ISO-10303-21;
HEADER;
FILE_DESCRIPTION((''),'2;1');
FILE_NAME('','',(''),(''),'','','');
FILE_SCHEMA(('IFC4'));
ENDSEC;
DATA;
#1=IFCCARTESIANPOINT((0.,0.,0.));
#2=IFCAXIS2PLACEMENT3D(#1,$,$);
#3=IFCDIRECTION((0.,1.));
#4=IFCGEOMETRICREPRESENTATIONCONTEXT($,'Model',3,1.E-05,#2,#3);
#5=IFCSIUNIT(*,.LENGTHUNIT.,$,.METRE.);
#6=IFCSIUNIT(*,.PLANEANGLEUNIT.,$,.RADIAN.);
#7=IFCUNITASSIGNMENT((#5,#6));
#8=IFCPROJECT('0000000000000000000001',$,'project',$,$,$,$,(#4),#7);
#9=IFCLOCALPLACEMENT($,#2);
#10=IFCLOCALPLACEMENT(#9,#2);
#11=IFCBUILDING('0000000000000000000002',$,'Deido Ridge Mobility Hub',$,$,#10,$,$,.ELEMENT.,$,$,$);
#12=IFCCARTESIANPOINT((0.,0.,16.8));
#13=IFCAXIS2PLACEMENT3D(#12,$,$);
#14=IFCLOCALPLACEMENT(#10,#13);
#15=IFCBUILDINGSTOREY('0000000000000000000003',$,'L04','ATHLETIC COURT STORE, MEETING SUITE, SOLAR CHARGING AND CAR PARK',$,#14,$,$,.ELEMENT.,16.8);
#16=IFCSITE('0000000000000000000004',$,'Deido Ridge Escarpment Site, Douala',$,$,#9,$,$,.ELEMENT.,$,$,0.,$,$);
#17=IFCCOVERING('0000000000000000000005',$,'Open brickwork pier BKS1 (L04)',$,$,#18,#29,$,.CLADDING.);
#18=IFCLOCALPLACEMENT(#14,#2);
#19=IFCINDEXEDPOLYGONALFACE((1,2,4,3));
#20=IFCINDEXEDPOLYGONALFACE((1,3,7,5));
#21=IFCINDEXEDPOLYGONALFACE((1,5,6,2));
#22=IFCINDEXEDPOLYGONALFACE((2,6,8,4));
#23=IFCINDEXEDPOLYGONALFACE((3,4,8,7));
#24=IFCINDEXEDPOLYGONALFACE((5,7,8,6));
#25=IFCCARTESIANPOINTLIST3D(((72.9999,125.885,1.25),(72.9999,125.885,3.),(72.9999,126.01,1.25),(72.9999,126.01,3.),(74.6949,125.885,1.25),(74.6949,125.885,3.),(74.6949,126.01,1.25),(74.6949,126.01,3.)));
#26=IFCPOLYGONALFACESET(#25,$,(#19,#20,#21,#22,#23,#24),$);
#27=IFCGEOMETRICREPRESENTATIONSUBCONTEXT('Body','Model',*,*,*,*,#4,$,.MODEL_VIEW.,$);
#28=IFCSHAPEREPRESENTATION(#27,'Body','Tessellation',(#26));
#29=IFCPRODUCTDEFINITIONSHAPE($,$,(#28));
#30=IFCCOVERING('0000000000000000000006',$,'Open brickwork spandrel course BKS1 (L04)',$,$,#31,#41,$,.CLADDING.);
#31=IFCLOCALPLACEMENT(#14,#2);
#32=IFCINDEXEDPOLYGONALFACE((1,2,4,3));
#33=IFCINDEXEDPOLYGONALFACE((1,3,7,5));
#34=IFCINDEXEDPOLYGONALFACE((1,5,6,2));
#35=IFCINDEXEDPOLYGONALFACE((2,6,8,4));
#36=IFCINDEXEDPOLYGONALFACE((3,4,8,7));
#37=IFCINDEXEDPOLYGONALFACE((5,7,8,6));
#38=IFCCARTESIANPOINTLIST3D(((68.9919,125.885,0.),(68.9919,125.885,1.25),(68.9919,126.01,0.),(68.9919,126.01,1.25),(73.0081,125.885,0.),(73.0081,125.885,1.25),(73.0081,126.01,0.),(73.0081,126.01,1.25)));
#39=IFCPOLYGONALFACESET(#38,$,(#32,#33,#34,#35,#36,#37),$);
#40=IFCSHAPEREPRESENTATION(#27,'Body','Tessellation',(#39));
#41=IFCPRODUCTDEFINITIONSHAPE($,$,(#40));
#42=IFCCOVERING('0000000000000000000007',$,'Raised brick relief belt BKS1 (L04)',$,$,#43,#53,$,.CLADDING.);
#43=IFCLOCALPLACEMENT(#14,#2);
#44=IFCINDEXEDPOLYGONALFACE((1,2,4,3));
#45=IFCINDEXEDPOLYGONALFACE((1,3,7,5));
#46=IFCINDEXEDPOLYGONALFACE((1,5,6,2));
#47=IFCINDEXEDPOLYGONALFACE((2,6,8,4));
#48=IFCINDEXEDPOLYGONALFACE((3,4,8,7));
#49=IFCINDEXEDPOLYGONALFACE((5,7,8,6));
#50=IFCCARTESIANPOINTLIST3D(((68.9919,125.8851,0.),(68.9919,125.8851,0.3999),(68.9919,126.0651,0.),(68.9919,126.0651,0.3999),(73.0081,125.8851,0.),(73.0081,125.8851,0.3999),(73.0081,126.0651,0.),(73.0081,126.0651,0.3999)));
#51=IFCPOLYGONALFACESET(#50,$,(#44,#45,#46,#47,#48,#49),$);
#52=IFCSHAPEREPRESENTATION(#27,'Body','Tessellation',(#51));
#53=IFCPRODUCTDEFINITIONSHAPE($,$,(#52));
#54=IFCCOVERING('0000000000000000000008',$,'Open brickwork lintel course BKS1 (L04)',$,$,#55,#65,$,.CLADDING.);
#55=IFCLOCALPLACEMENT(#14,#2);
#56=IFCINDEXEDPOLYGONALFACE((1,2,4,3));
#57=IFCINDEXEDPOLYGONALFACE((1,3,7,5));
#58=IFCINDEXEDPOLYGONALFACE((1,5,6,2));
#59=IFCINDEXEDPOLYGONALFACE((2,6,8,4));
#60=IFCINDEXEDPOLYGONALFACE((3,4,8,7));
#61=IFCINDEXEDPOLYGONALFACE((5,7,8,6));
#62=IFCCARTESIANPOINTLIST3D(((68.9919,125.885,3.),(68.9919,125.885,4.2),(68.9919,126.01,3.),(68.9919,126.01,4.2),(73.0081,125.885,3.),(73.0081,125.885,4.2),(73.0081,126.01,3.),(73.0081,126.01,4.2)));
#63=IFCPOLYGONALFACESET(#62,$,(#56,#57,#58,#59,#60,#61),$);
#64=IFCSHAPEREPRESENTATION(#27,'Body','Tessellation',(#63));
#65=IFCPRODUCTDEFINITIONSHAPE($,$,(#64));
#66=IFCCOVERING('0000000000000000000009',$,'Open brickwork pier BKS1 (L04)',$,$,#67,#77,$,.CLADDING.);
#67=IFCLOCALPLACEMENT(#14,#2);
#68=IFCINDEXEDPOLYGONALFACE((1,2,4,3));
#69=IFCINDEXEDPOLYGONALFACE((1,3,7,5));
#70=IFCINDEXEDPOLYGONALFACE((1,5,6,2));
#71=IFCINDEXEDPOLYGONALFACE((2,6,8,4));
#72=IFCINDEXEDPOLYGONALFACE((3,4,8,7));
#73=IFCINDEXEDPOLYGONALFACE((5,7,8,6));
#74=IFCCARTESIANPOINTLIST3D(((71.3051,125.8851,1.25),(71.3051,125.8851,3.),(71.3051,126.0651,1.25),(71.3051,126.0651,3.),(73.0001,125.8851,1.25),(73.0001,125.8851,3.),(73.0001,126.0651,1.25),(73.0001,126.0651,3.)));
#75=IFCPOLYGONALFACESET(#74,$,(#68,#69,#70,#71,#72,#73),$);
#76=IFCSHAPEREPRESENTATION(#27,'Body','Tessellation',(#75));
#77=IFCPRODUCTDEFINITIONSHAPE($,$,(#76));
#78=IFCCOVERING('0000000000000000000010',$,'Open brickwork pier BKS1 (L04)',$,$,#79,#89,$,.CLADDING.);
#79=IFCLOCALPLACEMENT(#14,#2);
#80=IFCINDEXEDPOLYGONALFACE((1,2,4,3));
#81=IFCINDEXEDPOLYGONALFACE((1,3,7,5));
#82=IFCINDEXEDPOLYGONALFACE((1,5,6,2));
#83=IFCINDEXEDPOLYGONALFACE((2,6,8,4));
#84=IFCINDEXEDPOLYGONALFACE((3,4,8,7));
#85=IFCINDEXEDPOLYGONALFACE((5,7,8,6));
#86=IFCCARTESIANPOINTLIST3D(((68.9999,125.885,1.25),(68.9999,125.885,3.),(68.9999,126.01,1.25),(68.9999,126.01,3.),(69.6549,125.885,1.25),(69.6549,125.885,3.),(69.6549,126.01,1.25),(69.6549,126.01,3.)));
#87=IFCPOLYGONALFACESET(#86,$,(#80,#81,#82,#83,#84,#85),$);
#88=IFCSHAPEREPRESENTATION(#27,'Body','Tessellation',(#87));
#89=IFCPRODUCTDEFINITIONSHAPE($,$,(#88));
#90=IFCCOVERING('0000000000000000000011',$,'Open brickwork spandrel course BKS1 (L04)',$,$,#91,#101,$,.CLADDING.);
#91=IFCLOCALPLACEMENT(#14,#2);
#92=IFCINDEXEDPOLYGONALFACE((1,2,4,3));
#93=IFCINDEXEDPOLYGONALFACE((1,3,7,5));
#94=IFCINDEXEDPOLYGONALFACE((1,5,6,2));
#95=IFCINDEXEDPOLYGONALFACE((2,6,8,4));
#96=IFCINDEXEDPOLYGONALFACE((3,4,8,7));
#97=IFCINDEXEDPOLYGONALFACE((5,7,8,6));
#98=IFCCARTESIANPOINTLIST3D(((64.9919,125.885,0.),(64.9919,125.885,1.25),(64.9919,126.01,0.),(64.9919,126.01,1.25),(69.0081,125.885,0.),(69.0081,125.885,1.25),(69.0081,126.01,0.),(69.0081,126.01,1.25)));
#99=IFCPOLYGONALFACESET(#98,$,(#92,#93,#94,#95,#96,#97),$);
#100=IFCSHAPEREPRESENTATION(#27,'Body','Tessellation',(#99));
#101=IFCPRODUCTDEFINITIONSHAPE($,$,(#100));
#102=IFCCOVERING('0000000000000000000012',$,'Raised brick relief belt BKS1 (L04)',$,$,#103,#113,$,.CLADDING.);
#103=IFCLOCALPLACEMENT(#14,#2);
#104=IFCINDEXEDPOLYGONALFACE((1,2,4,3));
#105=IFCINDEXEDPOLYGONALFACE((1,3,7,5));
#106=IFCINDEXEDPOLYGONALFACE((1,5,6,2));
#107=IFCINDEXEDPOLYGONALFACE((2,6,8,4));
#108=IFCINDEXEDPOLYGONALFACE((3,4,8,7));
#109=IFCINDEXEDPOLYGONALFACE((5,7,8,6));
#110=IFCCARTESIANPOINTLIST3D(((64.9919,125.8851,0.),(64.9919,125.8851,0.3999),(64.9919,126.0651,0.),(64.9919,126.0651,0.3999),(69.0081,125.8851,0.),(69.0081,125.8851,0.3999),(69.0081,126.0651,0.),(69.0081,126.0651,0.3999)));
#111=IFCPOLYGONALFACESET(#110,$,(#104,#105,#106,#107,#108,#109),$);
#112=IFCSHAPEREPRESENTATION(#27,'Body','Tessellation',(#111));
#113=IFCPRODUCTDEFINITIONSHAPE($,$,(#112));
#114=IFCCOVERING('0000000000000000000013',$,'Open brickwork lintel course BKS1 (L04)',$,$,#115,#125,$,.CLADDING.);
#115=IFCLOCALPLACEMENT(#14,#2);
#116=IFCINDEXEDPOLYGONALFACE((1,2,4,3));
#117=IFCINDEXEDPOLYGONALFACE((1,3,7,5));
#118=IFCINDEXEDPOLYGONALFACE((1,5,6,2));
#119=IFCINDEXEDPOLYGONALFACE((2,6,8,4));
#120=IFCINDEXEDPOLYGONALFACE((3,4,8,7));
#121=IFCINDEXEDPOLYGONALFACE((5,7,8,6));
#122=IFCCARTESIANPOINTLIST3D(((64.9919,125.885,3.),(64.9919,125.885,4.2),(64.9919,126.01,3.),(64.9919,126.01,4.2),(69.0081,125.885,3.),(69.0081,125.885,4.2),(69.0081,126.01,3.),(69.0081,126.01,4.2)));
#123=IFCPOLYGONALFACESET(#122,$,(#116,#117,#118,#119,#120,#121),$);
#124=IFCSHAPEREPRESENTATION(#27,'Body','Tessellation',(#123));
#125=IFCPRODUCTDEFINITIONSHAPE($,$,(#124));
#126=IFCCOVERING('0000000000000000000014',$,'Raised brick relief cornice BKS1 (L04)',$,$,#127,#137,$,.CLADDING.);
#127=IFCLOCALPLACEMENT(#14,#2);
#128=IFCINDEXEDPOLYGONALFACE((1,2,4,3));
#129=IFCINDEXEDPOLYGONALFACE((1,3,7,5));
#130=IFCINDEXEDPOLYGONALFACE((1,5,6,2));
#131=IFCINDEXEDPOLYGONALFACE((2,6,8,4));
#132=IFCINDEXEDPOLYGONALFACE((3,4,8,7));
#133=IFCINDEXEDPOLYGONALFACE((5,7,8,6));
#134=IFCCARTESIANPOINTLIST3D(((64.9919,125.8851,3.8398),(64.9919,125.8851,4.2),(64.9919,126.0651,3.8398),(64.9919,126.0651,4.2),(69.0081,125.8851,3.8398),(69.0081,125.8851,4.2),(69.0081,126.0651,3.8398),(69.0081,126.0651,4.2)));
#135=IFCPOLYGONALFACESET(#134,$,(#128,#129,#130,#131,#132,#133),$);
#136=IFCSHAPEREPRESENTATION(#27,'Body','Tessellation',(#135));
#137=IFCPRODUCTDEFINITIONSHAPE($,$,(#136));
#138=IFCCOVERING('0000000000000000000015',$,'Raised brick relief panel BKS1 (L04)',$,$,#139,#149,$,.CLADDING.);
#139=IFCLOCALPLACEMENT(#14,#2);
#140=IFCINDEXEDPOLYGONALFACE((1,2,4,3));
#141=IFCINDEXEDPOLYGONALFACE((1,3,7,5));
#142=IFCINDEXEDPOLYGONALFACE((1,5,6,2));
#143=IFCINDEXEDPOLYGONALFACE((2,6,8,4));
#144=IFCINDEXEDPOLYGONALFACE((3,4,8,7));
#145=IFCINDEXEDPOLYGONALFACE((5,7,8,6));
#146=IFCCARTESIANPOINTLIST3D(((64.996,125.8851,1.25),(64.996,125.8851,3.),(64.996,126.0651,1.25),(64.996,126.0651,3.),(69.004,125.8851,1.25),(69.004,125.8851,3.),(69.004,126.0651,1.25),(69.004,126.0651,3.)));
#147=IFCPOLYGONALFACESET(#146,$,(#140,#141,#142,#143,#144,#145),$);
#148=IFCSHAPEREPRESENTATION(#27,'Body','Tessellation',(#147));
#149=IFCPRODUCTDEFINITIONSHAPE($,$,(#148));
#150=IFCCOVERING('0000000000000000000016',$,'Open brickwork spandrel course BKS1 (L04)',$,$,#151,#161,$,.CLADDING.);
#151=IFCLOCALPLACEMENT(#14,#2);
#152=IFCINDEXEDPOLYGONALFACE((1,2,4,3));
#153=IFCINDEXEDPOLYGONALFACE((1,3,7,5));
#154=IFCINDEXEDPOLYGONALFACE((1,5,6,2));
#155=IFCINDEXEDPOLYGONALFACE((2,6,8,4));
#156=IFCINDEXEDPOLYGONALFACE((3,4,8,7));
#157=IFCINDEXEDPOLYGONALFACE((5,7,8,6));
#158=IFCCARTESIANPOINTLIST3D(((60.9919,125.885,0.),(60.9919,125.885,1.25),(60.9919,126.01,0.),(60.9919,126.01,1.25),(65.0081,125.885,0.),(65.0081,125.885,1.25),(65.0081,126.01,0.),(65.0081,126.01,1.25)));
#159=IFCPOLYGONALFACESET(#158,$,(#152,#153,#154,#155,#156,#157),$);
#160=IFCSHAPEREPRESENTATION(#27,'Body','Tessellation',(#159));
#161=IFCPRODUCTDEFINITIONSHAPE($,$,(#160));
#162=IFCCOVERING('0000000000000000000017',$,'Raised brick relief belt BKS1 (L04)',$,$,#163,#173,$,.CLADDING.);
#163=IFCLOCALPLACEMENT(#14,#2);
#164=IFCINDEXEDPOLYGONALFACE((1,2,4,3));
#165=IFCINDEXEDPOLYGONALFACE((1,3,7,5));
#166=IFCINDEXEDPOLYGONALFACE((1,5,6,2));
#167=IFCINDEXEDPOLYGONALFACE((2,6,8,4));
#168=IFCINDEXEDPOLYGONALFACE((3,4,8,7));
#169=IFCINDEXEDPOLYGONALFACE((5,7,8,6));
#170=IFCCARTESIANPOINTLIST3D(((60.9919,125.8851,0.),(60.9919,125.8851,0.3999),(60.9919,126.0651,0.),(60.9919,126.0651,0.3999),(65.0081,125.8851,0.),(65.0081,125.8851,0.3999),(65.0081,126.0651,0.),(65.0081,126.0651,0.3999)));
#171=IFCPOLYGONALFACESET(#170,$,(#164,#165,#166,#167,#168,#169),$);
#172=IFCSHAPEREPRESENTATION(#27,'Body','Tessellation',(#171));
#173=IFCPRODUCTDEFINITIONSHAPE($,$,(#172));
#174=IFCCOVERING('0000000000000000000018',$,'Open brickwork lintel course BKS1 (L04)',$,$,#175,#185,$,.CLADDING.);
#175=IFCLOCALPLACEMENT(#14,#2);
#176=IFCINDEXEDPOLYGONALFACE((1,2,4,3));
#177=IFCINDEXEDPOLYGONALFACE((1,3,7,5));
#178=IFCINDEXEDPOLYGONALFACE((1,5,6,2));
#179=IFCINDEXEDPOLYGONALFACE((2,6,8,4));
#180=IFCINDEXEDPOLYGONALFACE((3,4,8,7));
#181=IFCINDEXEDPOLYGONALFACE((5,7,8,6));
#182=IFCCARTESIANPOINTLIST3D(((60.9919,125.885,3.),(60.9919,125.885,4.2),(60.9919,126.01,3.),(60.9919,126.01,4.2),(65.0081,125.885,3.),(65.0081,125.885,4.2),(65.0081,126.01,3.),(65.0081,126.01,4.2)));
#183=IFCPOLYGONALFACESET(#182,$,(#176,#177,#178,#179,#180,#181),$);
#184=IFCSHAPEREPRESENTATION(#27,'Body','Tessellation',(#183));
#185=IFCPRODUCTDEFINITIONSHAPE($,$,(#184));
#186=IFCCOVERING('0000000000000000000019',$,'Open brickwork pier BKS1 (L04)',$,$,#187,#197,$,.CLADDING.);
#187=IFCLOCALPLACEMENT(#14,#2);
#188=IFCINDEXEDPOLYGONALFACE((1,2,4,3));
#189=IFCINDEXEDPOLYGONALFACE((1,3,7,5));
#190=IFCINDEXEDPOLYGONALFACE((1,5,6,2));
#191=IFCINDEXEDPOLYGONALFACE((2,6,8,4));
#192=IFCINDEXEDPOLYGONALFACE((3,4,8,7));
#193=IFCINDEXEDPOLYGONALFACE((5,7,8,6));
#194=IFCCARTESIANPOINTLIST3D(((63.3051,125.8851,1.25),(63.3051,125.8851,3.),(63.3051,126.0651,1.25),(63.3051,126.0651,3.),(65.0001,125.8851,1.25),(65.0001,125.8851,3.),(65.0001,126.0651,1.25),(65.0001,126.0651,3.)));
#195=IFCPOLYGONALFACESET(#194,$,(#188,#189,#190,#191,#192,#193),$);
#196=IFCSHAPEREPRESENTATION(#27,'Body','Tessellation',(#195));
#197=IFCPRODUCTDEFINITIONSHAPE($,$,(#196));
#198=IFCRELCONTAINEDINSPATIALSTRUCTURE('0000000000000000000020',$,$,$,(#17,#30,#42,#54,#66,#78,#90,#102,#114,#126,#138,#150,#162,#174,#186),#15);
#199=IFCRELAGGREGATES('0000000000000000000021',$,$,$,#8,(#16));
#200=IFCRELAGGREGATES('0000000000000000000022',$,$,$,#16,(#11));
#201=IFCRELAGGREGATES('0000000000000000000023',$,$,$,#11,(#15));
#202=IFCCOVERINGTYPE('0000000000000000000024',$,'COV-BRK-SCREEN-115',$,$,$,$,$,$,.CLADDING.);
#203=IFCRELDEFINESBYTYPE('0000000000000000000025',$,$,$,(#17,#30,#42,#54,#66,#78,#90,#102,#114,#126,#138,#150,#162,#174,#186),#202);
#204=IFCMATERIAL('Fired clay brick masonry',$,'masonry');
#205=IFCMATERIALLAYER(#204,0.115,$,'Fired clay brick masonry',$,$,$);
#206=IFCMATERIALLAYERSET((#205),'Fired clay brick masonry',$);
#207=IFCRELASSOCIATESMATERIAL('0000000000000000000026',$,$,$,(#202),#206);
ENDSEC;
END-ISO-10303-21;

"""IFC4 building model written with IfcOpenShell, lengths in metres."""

from ifc_helpers import new_model, si_unit, direction, frame, origin, origin_2d, place, context, subcontext, project, spatial, rectangle, extrude, material, layer, layer_set, type_object, element, save


model = new_model("IFC4")

# Units and contexts
model_context = context("Model", 3, precision=1e-05, world=origin(), true_north=direction((0.0, 1.0)))
body_context = subcontext(model_context, "Body", "Model", "MODEL_VIEW")
ifc_project = project(units=[si_unit("LENGTHUNIT", "METRE"), si_unit("PLANEANGLEUNIT", "RADIAN")], contexts=[model_context])

# Site, building, storey
site_placement = place(None, origin())
site = spatial("IfcSite", under=ifc_project, at=site_placement, Name="Deido Ridge Escarpment Site, Douala", CompositionType="ELEMENT", RefElevation=0.0)
building_placement = place(site_placement, origin())
building = spatial("IfcBuilding", under=site, at=building_placement, Name="Deido Ridge Mobility Hub", CompositionType="ELEMENT")
storey_placement = place(building_placement, frame((0.0, 0.0, 16.8)))
storey = spatial("IfcBuildingStorey", under=building, at=storey_placement, Name="L04", Description="ATHLETIC COURT STORE, MEETING SUITE, SOLAR CHARGING AND CAR PARK", CompositionType="ELEMENT", Elevation=16.8)

# Coverings
ifc_material_1 = material(Name="Fired clay brick masonry", Category="masonry")
ifc_layer = layer(ifc_material_1, 0.115, Name="Fired clay brick masonry")
ifc_layer_set = layer_set([ifc_layer], Name="Fired clay brick masonry")
covering_type = type_object("IfcCoveringType", Name="COV-BRK-SCREEN-115", PredefinedType="CLADDING", material=ifc_layer_set)
covering_1_placement = place(storey_placement, frame((73.8474, 125.9475, 1.25), z_axis=(0.0, 0.0, 1.0), x_axis=(-1.0, 0.0, 0.0)))
element("IfcCovering", 1, at=covering_1_placement, inside=storey, type_object=covering_type, Name="Open brickwork pier BKS1 (L04)", PredefinedType="CLADDING", context=body_context, shape_type="SweptSolid", body=[
    extrude(rectangle(XDim=1.6951, YDim=0.125, at=origin_2d()), origin(), (0.0, 0.0, 1.0), 1.75),
])
covering_2_placement = place(storey_placement, frame((71.0, 125.9475, 0.0), z_axis=(0.0, 0.0, 1.0), x_axis=(-1.0, 0.0, 0.0)))
element("IfcCovering", 2, at=covering_2_placement, inside=storey, type_object=covering_type, Name="Open brickwork spandrel course BKS1 (L04)", PredefinedType="CLADDING", context=body_context, shape_type="SweptSolid", body=[
    extrude(rectangle(XDim=4.0161, YDim=0.125, at=origin_2d()), origin(), (0.0, 0.0, 1.0), 1.25),
])
covering_3_placement = place(storey_placement, frame((71.0, 125.9751, 0.0), z_axis=(0.0, 0.0, 1.0), x_axis=(-1.0, 0.0, 0.0)))
element("IfcCovering", 3, at=covering_3_placement, inside=storey, type_object=covering_type, Name="Raised brick relief belt BKS1 (L04)", PredefinedType="CLADDING", context=body_context, shape_type="SweptSolid", body=[
    extrude(rectangle(XDim=4.0161, YDim=0.1799, at=origin_2d()), origin(), (0.0, 0.0, 1.0), 0.3999),
])
covering_4_placement = place(storey_placement, frame((71.0, 125.9475, 3.0), z_axis=(0.0, 0.0, 1.0), x_axis=(-1.0, 0.0, 0.0)))
element("IfcCovering", 4, at=covering_4_placement, inside=storey, type_object=covering_type, Name="Open brickwork lintel course BKS1 (L04)", PredefinedType="CLADDING", context=body_context, shape_type="SweptSolid", body=[
    extrude(rectangle(XDim=4.0161, YDim=0.125, at=origin_2d()), origin(), (0.0, 0.0, 1.0), 1.2),
])
covering_5_placement = place(storey_placement, frame((72.1526, 125.9751, 1.25), z_axis=(0.0, 0.0, 1.0), x_axis=(-1.0, 0.0, 0.0)))
element("IfcCovering", 5, at=covering_5_placement, inside=storey, type_object=covering_type, Name="Open brickwork pier BKS1 (L04)", PredefinedType="CLADDING", context=body_context, shape_type="SweptSolid", body=[
    extrude(rectangle(XDim=1.6951, YDim=0.1799, at=origin_2d()), origin(), (0.0, 0.0, 1.0), 1.75),
])
covering_6_placement = place(storey_placement, frame((69.3274, 125.9475, 1.25), z_axis=(0.0, 0.0, 1.0), x_axis=(-1.0, 0.0, 0.0)))
element("IfcCovering", 6, at=covering_6_placement, inside=storey, type_object=covering_type, Name="Open brickwork pier BKS1 (L04)", PredefinedType="CLADDING", context=body_context, shape_type="SweptSolid", body=[
    extrude(rectangle(XDim=0.655, YDim=0.125, at=origin_2d()), origin(), (0.0, 0.0, 1.0), 1.75),
])
covering_7_placement = place(storey_placement, frame((67.0, 125.9475, 0.0), z_axis=(0.0, 0.0, 1.0), x_axis=(-1.0, 0.0, 0.0)))
element("IfcCovering", 7, at=covering_7_placement, inside=storey, type_object=covering_type, Name="Open brickwork spandrel course BKS1 (L04)", PredefinedType="CLADDING", context=body_context, shape_type="SweptSolid", body=[
    extrude(rectangle(XDim=4.0161, YDim=0.125, at=origin_2d()), origin(), (0.0, 0.0, 1.0), 1.25),
])
covering_8_placement = place(storey_placement, frame((67.0, 125.9751, 0.0), z_axis=(0.0, 0.0, 1.0), x_axis=(-1.0, 0.0, 0.0)))
element("IfcCovering", 8, at=covering_8_placement, inside=storey, type_object=covering_type, Name="Raised brick relief belt BKS1 (L04)", PredefinedType="CLADDING", context=body_context, shape_type="SweptSolid", body=[
    extrude(rectangle(XDim=4.0161, YDim=0.1799, at=origin_2d()), origin(), (0.0, 0.0, 1.0), 0.3999),
])
covering_9_placement = place(storey_placement, frame((67.0, 125.9475, 3.0), z_axis=(0.0, 0.0, 1.0), x_axis=(-1.0, 0.0, 0.0)))
element("IfcCovering", 9, at=covering_9_placement, inside=storey, type_object=covering_type, Name="Open brickwork lintel course BKS1 (L04)", PredefinedType="CLADDING", context=body_context, shape_type="SweptSolid", body=[
    extrude(rectangle(XDim=4.0161, YDim=0.125, at=origin_2d()), origin(), (0.0, 0.0, 1.0), 1.2),
])
covering_10_placement = place(storey_placement, frame((67.0, 125.9751, 3.8398), z_axis=(0.0, 0.0, 1.0), x_axis=(-1.0, 0.0, 0.0)))
element("IfcCovering", 10, at=covering_10_placement, inside=storey, type_object=covering_type, Name="Raised brick relief cornice BKS1 (L04)", PredefinedType="CLADDING", context=body_context, shape_type="SweptSolid", body=[
    extrude(rectangle(XDim=4.0161, YDim=0.1799, at=origin_2d()), origin(), (0.0, 0.0, 1.0), 0.3601),
])
covering_11_placement = place(storey_placement, frame((67.0, 125.9751, 1.25), z_axis=(0.0, 0.0, 1.0), x_axis=(-1.0, 0.0, 0.0)))
element("IfcCovering", 11, at=covering_11_placement, inside=storey, type_object=covering_type, Name="Raised brick relief panel BKS1 (L04)", PredefinedType="CLADDING", context=body_context, shape_type="SweptSolid", body=[
    extrude(rectangle(XDim=4.0081, YDim=0.1799, at=origin_2d()), origin(), (0.0, 0.0, 1.0), 1.75),
])
covering_12_placement = place(storey_placement, frame((63.0, 125.9475, 0.0), z_axis=(0.0, 0.0, 1.0), x_axis=(-1.0, 0.0, 0.0)))
element("IfcCovering", 12, at=covering_12_placement, inside=storey, type_object=covering_type, Name="Open brickwork spandrel course BKS1 (L04)", PredefinedType="CLADDING", context=body_context, shape_type="SweptSolid", body=[
    extrude(rectangle(XDim=4.0161, YDim=0.125, at=origin_2d()), origin(), (0.0, 0.0, 1.0), 1.25),
])
covering_13_placement = place(storey_placement, frame((63.0, 125.9751, 0.0), z_axis=(0.0, 0.0, 1.0), x_axis=(-1.0, 0.0, 0.0)))
element("IfcCovering", 13, at=covering_13_placement, inside=storey, type_object=covering_type, Name="Raised brick relief belt BKS1 (L04)", PredefinedType="CLADDING", context=body_context, shape_type="SweptSolid", body=[
    extrude(rectangle(XDim=4.0161, YDim=0.1799, at=origin_2d()), origin(), (0.0, 0.0, 1.0), 0.3999),
])
covering_14_placement = place(storey_placement, frame((63.0, 125.9475, 3.0), z_axis=(0.0, 0.0, 1.0), x_axis=(-1.0, 0.0, 0.0)))
element("IfcCovering", 14, at=covering_14_placement, inside=storey, type_object=covering_type, Name="Open brickwork lintel course BKS1 (L04)", PredefinedType="CLADDING", context=body_context, shape_type="SweptSolid", body=[
    extrude(rectangle(XDim=4.0161, YDim=0.125, at=origin_2d()), origin(), (0.0, 0.0, 1.0), 1.2),
])
covering_15_placement = place(storey_placement, frame((64.1526, 125.9751, 1.25), z_axis=(0.0, 0.0, 1.0), x_axis=(-1.0, 0.0, 0.0)))
element("IfcCovering", 15, at=covering_15_placement, inside=storey, type_object=covering_type, Name="Open brickwork pier BKS1 (L04)", PredefinedType="CLADDING", context=body_context, shape_type="SweptSolid", body=[
    extrude(rectangle(XDim=1.6951, YDim=0.1799, at=origin_2d()), origin(), (0.0, 0.0, 1.0), 1.75),
])

save(model, "model.ifc")
